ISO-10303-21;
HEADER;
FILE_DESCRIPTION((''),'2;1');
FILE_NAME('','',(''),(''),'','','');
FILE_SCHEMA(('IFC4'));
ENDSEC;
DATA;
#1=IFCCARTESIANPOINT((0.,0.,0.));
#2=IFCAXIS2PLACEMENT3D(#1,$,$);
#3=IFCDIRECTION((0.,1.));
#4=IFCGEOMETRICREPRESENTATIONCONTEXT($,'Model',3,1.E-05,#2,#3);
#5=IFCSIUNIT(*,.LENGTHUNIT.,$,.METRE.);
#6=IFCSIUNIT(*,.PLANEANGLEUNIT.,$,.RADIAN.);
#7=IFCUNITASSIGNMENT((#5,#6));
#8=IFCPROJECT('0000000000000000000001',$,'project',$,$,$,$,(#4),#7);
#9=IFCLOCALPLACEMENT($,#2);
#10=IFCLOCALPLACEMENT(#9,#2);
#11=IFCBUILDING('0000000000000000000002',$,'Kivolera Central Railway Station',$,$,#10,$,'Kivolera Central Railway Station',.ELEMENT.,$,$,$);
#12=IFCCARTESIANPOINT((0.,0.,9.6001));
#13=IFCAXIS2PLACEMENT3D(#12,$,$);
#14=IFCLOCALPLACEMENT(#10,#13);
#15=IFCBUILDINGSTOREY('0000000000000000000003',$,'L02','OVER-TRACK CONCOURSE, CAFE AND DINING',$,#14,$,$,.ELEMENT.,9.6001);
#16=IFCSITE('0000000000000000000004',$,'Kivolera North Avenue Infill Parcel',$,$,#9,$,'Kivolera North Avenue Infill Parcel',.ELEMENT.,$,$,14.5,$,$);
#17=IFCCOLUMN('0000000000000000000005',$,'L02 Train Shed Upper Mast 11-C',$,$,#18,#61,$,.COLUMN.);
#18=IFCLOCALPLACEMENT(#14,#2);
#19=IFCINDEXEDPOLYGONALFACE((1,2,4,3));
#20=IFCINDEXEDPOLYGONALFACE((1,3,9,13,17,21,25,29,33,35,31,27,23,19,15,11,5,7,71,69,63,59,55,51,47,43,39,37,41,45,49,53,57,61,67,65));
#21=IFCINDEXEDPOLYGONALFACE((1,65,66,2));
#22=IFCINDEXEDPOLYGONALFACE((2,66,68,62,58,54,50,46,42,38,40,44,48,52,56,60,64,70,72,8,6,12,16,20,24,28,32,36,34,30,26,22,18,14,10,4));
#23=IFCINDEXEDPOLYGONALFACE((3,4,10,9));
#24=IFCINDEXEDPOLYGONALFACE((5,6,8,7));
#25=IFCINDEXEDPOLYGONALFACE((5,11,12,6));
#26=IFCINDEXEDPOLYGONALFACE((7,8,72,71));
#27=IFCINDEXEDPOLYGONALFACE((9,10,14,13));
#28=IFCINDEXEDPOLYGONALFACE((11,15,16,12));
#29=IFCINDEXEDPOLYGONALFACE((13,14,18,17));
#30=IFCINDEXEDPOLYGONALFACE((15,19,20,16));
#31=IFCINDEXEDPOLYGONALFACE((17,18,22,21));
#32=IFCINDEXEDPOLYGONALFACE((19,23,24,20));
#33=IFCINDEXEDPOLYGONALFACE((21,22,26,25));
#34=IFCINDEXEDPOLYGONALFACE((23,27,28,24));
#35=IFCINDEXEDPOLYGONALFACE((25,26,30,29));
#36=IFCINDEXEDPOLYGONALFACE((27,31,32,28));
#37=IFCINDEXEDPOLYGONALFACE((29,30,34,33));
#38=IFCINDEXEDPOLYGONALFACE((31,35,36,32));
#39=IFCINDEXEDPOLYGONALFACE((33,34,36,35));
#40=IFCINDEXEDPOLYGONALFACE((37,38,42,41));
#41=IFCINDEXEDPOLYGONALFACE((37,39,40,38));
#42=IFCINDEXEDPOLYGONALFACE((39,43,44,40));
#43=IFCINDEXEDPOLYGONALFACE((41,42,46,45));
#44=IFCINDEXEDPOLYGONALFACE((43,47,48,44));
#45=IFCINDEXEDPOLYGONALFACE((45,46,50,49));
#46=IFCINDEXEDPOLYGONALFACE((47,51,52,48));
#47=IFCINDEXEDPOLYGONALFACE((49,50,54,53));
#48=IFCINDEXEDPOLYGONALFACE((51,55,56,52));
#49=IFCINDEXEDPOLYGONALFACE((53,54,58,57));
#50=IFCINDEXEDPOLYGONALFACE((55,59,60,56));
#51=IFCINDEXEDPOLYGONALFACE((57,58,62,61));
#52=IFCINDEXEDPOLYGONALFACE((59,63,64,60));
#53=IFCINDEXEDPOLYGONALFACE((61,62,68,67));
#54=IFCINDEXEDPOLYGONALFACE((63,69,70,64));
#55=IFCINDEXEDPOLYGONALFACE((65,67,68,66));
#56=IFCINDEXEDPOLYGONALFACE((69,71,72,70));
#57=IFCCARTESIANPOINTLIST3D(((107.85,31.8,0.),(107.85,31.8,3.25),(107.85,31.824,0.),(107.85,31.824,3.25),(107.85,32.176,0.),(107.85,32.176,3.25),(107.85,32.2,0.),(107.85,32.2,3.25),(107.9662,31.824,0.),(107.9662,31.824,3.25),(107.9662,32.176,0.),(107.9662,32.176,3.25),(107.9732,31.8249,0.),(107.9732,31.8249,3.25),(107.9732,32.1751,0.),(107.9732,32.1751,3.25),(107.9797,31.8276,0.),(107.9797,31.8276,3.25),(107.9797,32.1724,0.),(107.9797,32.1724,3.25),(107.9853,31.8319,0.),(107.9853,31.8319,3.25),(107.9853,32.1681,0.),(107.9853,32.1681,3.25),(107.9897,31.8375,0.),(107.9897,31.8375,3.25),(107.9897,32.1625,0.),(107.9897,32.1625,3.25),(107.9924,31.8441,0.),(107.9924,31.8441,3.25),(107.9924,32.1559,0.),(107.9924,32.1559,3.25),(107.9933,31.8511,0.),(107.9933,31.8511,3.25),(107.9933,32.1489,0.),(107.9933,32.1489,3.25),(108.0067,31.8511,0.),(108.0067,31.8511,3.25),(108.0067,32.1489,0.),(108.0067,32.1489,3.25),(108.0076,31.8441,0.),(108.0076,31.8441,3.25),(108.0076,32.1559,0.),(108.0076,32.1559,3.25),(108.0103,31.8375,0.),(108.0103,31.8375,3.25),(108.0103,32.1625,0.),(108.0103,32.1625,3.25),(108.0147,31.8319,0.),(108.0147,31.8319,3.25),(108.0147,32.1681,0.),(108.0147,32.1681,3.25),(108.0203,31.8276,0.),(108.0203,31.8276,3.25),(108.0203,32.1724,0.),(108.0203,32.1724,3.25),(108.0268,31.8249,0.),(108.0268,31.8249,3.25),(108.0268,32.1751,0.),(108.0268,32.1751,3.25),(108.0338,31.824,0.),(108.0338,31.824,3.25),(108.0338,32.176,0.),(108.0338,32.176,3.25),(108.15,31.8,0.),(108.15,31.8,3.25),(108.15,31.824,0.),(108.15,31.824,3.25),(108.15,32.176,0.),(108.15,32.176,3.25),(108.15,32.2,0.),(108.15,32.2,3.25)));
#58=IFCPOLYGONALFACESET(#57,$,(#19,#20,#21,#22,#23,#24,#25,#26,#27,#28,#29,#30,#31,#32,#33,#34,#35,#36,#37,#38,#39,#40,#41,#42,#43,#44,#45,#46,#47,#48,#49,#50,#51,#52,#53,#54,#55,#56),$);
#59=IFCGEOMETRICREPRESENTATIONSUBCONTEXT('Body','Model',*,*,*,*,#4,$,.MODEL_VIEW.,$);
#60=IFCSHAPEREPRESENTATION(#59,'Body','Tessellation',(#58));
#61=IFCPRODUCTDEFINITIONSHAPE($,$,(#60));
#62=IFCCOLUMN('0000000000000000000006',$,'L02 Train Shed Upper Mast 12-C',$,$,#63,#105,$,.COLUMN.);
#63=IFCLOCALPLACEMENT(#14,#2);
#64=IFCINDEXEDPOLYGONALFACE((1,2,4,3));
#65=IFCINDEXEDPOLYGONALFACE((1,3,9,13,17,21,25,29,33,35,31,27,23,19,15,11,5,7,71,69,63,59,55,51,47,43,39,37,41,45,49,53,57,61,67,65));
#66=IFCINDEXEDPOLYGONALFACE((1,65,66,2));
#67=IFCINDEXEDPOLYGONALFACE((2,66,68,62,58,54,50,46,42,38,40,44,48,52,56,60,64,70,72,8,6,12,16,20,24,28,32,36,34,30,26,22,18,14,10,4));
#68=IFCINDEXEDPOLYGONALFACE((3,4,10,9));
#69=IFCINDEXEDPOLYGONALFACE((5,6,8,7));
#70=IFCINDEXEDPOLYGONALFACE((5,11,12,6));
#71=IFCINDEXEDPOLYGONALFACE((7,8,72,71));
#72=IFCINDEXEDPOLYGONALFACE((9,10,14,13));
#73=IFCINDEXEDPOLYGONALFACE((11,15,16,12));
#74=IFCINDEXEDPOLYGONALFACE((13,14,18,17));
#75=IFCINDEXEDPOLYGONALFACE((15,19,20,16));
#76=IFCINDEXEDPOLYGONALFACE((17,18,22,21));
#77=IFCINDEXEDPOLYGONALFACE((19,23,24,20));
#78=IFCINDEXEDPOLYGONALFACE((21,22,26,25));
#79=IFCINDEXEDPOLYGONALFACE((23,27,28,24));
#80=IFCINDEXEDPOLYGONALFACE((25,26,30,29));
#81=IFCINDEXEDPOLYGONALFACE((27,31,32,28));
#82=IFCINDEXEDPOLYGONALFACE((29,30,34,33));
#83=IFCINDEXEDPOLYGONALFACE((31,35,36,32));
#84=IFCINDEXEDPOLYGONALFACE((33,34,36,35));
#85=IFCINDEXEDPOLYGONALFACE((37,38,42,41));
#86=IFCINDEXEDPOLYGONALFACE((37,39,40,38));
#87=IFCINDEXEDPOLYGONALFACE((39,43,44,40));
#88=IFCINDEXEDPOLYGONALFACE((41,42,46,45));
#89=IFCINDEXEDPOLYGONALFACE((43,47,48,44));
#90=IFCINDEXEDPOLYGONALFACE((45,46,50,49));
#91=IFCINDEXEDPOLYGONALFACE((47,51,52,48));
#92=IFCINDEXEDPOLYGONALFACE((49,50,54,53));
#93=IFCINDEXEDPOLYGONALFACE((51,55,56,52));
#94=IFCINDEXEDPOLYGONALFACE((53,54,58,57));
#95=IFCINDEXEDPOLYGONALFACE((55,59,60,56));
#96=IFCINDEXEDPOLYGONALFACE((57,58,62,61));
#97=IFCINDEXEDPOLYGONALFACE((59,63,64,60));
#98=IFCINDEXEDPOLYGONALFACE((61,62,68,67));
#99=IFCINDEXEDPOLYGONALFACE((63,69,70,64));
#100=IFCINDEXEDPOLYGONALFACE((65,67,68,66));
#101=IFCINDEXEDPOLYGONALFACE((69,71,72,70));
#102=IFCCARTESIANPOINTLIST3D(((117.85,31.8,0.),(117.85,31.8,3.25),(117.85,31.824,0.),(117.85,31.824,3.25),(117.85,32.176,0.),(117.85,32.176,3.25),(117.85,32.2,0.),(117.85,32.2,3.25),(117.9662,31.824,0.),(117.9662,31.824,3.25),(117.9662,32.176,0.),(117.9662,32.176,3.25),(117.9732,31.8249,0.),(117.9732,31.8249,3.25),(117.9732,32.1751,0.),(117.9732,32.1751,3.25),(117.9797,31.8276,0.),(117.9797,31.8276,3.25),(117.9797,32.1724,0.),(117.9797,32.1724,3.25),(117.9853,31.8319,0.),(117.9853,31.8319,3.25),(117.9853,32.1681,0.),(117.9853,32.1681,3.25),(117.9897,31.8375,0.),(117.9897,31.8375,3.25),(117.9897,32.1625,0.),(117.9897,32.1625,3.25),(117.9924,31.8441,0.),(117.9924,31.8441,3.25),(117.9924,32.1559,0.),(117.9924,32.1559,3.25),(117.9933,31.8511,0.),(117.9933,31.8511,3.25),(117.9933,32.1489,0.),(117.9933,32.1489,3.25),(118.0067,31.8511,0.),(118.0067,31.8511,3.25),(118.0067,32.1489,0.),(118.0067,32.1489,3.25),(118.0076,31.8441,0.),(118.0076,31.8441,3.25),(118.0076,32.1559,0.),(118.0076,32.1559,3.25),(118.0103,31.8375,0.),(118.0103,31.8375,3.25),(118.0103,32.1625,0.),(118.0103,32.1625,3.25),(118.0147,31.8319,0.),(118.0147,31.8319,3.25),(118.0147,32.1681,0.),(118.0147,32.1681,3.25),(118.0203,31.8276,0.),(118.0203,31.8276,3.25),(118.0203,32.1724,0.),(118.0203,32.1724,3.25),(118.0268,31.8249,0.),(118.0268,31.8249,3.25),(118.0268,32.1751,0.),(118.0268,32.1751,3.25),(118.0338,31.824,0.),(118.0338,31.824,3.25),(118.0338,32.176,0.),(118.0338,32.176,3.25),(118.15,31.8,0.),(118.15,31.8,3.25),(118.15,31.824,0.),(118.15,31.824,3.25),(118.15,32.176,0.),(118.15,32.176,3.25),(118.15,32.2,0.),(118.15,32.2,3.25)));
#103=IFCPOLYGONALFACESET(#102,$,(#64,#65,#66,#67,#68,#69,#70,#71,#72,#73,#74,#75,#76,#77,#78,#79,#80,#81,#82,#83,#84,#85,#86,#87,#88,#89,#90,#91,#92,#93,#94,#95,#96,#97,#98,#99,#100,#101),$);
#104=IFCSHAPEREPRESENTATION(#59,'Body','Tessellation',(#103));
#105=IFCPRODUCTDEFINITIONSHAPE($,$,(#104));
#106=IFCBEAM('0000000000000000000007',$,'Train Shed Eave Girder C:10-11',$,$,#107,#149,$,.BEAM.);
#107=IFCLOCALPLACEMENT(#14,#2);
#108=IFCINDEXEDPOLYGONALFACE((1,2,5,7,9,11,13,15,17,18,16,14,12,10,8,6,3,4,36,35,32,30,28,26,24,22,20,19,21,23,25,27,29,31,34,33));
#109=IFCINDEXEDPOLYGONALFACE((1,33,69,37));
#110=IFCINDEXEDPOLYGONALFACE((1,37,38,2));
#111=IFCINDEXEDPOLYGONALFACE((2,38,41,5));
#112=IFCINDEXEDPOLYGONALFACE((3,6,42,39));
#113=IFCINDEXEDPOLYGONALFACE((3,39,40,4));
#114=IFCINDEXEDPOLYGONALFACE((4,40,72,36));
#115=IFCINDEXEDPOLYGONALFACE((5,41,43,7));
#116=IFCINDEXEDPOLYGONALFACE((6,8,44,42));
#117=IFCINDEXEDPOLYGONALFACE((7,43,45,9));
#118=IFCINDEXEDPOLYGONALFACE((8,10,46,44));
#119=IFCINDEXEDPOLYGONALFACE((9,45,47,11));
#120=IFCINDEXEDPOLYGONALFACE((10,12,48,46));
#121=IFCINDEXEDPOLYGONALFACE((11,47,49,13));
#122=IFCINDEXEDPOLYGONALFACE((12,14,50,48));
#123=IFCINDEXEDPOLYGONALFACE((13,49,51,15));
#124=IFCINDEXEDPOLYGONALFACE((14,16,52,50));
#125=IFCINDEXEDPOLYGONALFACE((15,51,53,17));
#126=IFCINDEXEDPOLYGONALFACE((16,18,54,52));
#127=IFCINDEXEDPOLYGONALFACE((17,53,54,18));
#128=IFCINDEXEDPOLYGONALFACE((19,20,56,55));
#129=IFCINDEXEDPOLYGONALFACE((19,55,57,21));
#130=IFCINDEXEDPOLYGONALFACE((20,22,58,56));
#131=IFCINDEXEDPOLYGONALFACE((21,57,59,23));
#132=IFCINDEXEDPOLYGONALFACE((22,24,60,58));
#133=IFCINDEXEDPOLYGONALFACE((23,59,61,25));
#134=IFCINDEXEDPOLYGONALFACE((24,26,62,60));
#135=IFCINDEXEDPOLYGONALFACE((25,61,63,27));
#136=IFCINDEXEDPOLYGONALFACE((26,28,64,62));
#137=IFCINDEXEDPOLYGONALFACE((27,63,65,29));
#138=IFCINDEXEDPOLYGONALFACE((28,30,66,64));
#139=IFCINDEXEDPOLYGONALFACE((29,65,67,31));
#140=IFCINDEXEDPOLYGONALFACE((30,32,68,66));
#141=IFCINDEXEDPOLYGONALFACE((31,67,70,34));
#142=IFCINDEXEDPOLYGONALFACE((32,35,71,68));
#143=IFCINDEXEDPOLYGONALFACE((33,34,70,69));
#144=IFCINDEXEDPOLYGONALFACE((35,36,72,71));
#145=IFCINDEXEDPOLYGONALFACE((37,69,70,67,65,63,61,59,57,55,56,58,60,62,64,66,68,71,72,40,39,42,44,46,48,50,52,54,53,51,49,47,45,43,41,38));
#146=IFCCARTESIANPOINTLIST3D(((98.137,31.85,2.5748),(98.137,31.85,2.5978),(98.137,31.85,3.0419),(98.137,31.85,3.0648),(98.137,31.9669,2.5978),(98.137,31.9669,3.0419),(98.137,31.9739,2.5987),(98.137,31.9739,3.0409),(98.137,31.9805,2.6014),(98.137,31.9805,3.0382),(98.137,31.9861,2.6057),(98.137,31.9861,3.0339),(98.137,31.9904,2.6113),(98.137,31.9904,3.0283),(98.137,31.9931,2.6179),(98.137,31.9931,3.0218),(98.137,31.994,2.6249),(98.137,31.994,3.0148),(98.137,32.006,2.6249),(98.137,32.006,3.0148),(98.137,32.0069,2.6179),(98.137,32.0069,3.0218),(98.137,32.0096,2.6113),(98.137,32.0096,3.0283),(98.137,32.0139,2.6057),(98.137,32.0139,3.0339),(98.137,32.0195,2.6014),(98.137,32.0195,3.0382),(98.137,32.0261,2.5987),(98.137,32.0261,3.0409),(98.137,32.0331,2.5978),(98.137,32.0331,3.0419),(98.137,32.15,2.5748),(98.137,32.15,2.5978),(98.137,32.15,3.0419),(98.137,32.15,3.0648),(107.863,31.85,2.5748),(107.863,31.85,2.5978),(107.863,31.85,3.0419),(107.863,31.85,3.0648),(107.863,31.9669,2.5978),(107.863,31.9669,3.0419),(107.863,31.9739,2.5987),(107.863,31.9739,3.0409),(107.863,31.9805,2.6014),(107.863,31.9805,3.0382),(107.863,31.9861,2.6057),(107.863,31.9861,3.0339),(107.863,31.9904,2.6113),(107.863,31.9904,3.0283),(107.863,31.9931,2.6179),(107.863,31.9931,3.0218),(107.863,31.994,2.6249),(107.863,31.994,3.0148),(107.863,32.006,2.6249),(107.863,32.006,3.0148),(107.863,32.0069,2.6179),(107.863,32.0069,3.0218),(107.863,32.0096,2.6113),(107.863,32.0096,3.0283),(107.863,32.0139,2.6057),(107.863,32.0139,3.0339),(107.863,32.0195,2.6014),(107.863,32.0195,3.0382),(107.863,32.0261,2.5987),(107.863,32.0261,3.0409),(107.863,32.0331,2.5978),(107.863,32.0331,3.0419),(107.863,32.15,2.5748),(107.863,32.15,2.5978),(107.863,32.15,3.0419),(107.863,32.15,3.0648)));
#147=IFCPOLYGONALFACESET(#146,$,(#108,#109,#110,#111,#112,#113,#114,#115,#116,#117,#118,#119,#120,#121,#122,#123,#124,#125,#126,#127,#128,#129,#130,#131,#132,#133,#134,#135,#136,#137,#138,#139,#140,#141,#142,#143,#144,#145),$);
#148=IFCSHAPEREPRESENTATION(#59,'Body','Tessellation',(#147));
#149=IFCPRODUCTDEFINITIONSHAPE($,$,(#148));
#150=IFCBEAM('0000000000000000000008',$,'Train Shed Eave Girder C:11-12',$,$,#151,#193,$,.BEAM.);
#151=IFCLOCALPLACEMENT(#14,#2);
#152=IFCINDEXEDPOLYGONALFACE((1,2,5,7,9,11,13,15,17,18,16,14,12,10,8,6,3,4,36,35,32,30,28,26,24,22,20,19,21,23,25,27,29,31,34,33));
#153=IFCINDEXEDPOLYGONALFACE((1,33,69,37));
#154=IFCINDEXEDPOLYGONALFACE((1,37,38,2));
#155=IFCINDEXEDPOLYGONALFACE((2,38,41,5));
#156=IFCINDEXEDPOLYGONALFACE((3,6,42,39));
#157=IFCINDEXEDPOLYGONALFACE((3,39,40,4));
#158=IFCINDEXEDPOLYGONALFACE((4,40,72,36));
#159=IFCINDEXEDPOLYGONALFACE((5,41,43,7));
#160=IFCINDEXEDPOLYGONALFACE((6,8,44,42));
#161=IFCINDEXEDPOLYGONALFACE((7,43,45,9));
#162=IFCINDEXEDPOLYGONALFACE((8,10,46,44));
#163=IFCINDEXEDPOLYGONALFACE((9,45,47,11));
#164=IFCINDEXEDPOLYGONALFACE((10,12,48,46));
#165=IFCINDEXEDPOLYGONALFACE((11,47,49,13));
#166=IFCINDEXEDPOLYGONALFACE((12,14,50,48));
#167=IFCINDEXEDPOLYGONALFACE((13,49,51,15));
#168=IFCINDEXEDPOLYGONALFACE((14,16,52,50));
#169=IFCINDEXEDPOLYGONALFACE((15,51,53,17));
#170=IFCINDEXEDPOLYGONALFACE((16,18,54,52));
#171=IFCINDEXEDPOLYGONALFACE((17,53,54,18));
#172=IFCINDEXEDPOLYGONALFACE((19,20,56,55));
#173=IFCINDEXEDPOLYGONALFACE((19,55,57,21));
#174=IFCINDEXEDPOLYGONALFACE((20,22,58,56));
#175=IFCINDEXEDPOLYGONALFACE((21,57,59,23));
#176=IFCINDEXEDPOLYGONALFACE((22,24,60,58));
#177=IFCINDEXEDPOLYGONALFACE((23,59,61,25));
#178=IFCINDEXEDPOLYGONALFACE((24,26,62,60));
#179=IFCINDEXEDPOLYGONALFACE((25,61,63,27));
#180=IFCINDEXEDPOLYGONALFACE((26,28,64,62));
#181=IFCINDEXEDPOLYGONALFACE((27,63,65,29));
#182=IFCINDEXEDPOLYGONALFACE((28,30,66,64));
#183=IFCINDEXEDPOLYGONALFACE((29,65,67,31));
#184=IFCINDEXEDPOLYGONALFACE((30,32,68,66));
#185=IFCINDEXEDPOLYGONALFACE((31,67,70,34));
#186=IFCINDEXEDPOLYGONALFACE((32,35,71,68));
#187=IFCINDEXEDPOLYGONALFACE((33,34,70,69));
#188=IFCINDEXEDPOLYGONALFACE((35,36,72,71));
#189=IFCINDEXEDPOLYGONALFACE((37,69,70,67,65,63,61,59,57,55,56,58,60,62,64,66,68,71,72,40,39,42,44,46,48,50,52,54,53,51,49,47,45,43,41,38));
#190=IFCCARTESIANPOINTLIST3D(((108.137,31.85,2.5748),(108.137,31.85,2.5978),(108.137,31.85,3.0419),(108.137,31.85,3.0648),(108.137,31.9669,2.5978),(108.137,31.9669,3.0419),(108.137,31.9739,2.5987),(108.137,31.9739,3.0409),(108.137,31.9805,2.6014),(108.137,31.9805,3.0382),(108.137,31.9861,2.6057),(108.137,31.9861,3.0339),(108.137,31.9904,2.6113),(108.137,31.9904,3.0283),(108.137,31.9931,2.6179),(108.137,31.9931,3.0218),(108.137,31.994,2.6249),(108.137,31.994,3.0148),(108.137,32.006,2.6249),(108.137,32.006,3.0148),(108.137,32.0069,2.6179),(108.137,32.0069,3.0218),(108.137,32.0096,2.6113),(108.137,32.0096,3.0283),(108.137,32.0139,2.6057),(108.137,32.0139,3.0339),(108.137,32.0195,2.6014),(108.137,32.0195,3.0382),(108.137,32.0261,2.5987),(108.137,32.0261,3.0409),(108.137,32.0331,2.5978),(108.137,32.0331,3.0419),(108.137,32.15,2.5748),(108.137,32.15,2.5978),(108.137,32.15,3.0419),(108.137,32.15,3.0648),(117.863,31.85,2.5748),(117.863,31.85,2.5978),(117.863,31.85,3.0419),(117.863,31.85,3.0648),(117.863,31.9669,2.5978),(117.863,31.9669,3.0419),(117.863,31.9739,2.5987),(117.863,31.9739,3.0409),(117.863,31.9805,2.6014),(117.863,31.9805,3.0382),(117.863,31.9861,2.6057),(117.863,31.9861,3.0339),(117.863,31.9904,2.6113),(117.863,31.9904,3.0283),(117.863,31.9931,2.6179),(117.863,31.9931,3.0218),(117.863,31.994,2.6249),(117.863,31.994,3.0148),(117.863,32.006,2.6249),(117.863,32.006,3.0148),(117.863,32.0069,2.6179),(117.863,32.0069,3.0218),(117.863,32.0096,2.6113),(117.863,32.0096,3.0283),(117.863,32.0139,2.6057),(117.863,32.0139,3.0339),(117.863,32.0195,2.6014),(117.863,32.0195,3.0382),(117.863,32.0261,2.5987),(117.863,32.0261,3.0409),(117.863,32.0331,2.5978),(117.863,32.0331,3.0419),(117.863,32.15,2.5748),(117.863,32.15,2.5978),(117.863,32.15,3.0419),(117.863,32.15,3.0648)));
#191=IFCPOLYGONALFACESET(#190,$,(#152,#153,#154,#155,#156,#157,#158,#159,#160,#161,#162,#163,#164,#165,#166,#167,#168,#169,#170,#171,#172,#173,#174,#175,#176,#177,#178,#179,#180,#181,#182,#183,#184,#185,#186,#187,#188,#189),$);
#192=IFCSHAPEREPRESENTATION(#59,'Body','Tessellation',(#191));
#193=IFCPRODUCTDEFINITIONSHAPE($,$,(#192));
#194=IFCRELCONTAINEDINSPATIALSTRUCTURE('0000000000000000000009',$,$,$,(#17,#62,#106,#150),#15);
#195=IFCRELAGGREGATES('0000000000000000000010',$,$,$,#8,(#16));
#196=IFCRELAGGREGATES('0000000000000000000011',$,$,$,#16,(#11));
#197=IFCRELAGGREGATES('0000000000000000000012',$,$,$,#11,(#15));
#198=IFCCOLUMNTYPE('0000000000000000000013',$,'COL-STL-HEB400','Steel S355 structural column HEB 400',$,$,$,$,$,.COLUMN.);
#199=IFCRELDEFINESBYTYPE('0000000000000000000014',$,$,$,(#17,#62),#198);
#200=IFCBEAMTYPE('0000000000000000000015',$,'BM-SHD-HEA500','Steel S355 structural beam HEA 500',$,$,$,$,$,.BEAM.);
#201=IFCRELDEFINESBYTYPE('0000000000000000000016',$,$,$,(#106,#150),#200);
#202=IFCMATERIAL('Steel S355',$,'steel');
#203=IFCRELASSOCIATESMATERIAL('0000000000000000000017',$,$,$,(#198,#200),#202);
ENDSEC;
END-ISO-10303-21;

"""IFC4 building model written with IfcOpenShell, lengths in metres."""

from ifc_helpers import new_model, si_unit, direction, frame, origin, origin_2d, place, context, subcontext, project, spatial, i_section, extrude, material, material_profile, profile_set, type_object, element, save


model = new_model("IFC4")

# Units and contexts
model_context = context("Model", 3, precision=1e-05, world=origin(), true_north=direction((0.0, 1.0)))
body_context = subcontext(model_context, "Body", "Model", "MODEL_VIEW")
ifc_project = project(units=[si_unit("LENGTHUNIT", "METRE"), si_unit("PLANEANGLEUNIT", "RADIAN")], contexts=[model_context])

# Site, building, storey
site_placement = place(None, origin())
site = spatial("IfcSite", under=ifc_project, at=site_placement, Name="Kivolera North Avenue Infill Parcel", LongName="Kivolera North Avenue Infill Parcel", CompositionType="ELEMENT", RefElevation=14.5)
building_placement = place(site_placement, origin())
building = spatial("IfcBuilding", under=site, at=building_placement, Name="Kivolera Central Railway Station", LongName="Kivolera Central Railway Station", CompositionType="ELEMENT")
storey_placement = place(building_placement, frame((0.0, 0.0, 9.6001)))
storey = spatial("IfcBuildingStorey", under=building, at=storey_placement, Name="L02", Description="OVER-TRACK CONCOURSE, CAFE AND DINING", CompositionType="ELEMENT", Elevation=9.6001)

# Columns
ifc_material_1 = material(Name="Steel S355", Category="steel")
ifc_material_profile_1 = material_profile(ifc_material_1, i_section(OverallWidth=0.3, OverallDepth=0.3999, WebThickness=0.0134, FlangeThickness=0.0239, FilletRadius=0.0271, at=origin_2d()), Name="HEB 400")
ifc_profile_set_1 = profile_set([ifc_material_profile_1], Name="Steel S355")
column_type = type_object("IfcColumnType", Name="COL-STL-HEB400", Description="Steel S355 structural column HEB 400", PredefinedType="COLUMN", material=ifc_profile_set_1)
for number, where, z_axis, x_axis, name in (
    (1, (108.0, 32.0, 0.0), (0.0, 0.0, 1.0), (1.0, 0.0, 0.0), "L02 Train Shed Upper Mast 11-C"),
    (2, (118.0, 32.0, 0.0), (0.0, 0.0, 1.0), (1.0, 0.0, 0.0), "L02 Train Shed Upper Mast 12-C"),
):
    element("IfcColumn", number, at=place(storey_placement, frame(where, z_axis=z_axis, x_axis=x_axis)), inside=storey, type_object=column_type, Name=name, PredefinedType="COLUMN", context=body_context, shape_type="SweptSolid", body=[
        extrude(i_section(OverallWidth=0.3, OverallDepth=0.3999, WebThickness=0.0134, FlangeThickness=0.0239, FilletRadius=0.0271, at=origin_2d()), origin(), (0.0, 0.0, 1.0), 3.25),
    ])

# Beams
ifc_material_profile_2 = material_profile(ifc_material_1, i_section(OverallWidth=0.3, OverallDepth=0.49, WebThickness=0.012, FlangeThickness=0.0229, FilletRadius=0.0271, at=origin_2d()), Name="HEA 500")
ifc_profile_set_2 = profile_set([ifc_material_profile_2], Name="Steel S355")
beam_type_1 = type_object("IfcBeamType", Name="BM-SHD-HEA500", Description="Steel S355 structural beam HEA 500", PredefinedType="BEAM", material=ifc_profile_set_2)
for number, where, z_axis, x_axis, name in (
    (3, (98.137, 32.0, 2.8198), (1.0, 0.0, 0.0), (0.0, 1.0, 0.0), "Train Shed Eave Girder C:10-11"),
    (4, (108.137, 32.0, 2.8198), (1.0, 0.0, 0.0), (0.0, 1.0, 0.0), "Train Shed Eave Girder C:11-12"),
):
    element("IfcBeam", number, at=place(storey_placement, frame(where, z_axis=z_axis, x_axis=x_axis)), inside=storey, type_object=beam_type_1, Name=name, PredefinedType="BEAM", context=body_context, shape_type="SweptSolid", body=[
        extrude(i_section(OverallWidth=0.3, OverallDepth=0.49, WebThickness=0.012, FlangeThickness=0.0229, FilletRadius=0.0271, at=origin_2d()), origin(), (0.0, 0.0, 1.0), 9.7261),
    ])

save(model, "model.ifc")
